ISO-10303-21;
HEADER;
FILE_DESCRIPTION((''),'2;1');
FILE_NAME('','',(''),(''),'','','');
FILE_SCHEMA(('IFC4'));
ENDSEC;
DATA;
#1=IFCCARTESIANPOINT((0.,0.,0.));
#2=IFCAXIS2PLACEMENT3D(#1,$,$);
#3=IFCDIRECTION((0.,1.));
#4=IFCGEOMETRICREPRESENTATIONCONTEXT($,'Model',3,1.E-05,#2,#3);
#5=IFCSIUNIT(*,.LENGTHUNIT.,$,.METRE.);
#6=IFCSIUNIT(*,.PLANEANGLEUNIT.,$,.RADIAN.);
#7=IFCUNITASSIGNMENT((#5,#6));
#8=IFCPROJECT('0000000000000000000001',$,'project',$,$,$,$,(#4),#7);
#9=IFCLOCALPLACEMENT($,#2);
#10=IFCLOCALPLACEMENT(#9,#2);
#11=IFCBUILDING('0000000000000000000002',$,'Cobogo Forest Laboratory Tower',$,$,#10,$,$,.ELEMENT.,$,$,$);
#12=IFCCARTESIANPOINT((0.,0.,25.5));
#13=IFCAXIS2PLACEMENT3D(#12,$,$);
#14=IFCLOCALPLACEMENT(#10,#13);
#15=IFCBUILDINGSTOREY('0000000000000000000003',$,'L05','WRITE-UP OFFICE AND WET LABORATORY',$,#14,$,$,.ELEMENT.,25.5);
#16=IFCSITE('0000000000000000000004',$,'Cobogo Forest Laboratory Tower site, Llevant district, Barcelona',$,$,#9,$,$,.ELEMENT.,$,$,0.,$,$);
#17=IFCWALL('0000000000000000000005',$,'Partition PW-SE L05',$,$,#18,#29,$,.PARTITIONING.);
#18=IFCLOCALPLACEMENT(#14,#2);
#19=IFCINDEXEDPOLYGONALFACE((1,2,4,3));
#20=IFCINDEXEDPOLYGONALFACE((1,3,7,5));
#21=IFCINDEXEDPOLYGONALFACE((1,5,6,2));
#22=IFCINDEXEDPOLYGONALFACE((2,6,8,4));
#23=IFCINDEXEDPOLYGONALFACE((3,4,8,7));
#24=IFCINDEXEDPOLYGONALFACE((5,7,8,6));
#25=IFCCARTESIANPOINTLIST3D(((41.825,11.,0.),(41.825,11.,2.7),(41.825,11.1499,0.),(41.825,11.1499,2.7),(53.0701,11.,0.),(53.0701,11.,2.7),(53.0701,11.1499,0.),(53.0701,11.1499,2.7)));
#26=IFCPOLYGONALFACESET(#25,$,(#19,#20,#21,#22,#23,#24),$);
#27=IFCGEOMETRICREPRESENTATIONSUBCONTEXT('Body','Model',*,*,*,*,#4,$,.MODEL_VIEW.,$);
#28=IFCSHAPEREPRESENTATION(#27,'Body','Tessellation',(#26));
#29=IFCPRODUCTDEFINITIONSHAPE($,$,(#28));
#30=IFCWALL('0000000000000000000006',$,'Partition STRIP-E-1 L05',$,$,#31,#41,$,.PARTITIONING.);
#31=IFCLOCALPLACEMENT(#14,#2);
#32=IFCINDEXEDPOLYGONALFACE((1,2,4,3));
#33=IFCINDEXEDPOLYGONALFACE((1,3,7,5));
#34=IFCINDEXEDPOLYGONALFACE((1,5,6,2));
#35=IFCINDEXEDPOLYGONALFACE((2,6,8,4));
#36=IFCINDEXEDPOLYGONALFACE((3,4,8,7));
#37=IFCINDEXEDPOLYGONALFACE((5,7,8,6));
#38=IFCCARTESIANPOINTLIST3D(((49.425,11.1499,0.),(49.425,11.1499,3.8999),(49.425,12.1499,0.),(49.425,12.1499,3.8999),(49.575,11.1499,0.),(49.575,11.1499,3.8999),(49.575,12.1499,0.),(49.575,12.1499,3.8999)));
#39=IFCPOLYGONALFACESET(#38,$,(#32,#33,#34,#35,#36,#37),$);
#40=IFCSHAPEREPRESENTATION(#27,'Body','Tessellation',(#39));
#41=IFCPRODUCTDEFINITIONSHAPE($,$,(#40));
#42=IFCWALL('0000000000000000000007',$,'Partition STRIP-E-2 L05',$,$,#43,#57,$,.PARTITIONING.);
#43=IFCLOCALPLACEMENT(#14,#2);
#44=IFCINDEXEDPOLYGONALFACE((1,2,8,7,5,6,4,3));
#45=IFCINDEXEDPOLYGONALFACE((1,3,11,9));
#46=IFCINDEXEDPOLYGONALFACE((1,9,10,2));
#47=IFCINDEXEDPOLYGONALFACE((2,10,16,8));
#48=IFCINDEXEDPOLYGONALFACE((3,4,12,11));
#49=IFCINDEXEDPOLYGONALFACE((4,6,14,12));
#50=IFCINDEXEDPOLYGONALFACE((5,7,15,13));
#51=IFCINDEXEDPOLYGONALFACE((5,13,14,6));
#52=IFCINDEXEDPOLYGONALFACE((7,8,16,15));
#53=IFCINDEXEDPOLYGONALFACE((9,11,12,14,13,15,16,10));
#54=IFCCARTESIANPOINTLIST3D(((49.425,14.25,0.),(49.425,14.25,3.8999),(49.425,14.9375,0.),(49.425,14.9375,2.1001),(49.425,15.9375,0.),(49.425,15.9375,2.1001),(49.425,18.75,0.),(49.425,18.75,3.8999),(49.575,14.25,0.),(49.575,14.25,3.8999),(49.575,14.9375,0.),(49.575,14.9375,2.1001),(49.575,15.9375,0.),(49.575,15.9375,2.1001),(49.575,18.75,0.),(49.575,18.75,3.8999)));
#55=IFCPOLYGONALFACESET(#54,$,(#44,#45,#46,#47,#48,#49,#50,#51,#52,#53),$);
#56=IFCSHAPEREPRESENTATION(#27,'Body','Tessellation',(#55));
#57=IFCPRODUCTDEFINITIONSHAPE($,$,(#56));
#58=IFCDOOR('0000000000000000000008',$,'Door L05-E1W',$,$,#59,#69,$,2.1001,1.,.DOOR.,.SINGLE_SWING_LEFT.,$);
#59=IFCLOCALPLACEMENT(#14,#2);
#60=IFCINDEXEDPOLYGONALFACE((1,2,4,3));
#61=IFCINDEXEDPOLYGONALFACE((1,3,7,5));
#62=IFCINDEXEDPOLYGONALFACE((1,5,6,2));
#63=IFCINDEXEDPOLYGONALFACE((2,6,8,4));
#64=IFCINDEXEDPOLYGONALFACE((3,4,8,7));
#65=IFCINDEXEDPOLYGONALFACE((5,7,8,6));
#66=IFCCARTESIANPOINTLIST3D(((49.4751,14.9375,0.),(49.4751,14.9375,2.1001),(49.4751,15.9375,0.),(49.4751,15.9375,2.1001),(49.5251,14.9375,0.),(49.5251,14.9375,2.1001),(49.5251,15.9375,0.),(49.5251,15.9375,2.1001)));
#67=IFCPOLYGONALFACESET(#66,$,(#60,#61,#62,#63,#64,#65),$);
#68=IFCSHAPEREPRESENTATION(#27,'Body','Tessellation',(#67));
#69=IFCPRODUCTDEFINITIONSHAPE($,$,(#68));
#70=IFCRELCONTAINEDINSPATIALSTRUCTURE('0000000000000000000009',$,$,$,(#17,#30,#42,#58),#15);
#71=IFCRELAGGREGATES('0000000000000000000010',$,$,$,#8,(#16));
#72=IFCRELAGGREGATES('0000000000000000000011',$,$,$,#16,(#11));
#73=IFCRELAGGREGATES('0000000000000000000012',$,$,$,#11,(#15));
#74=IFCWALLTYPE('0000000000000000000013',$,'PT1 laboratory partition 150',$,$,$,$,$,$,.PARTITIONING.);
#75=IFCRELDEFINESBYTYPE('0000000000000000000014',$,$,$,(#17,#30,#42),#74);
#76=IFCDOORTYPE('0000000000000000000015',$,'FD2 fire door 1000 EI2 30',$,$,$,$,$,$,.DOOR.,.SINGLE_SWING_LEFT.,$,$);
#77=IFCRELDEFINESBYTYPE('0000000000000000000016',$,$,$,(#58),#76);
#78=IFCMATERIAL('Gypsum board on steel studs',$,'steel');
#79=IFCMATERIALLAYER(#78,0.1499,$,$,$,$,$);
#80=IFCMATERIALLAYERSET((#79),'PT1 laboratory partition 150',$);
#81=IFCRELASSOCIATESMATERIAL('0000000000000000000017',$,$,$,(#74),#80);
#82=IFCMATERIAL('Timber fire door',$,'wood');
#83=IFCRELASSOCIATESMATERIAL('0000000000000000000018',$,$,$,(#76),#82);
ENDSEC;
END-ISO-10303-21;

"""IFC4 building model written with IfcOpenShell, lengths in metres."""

from ifc_helpers import new_model, si_unit, direction, frame, frame_2d, origin, place, context, subcontext, project, spatial, rectangle, extrude, material, layer, layer_set, type_object, element, fill, save


model = new_model("IFC4")

# Units and contexts
model_context = context("Model", 3, precision=1e-05, world=origin(), true_north=direction((0.0, 1.0)))
body_context = subcontext(model_context, "Body", "Model", "MODEL_VIEW")
ifc_project = project(units=[si_unit("LENGTHUNIT", "METRE"), si_unit("PLANEANGLEUNIT", "RADIAN")], contexts=[model_context])

# Site, building, storey
site_placement = place(None, origin())
site = spatial("IfcSite", under=ifc_project, at=site_placement, Name="Cobogo Forest Laboratory Tower site, Llevant district, Barcelona", CompositionType="ELEMENT", RefElevation=0.0)
building_placement = place(site_placement, origin())
building = spatial("IfcBuilding", under=site, at=building_placement, Name="Cobogo Forest Laboratory Tower", CompositionType="ELEMENT")
storey_placement = place(building_placement, frame((0.0, 0.0, 25.5)))
storey = spatial("IfcBuildingStorey", under=building, at=storey_placement, Name="L05", Description="WRITE-UP OFFICE AND WET LABORATORY", CompositionType="ELEMENT", Elevation=25.5)

# Walls
ifc_material_1 = material(Name="Gypsum board on steel studs", Category="steel")
ifc_layer_1 = layer(ifc_material_1, 0.1499)
ifc_layer_set_1 = layer_set([ifc_layer_1], Name="PT1 laboratory partition 150")
wall_type = type_object("IfcWallType", Name="PT1 laboratory partition 150", PredefinedType="PARTITIONING", material=ifc_layer_set_1)
wall_1_placement = place(storey_placement, frame((53.0701, 11.075, 0.0), z_axis=(0.0, 0.0, 1.0), x_axis=(-1.0, 0.0, 0.0)))
element("IfcWall", 1, at=wall_1_placement, inside=storey, type_object=wall_type, Name="Partition PW-SE L05", PredefinedType="PARTITIONING", context=body_context, shape_type="SweptSolid", body=[
    extrude(rectangle(XDim=11.2451, YDim=0.1499, at=frame_2d((5.6226, 0.0))), origin(), (0.0, 0.0, 1.0), 2.7),
])
wall_2_placement = place(storey_placement, frame((49.5, 11.1499, 0.0), z_axis=(0.0, 0.0, 1.0), x_axis=(0.0, 1.0, 0.0)))
element("IfcWall", 2, at=wall_2_placement, inside=storey, type_object=wall_type, Name="Partition STRIP-E-1 L05", PredefinedType="PARTITIONING", context=body_context, shape_type="SweptSolid", body=[
    extrude(rectangle(XDim=1.0, YDim=0.1499, at=frame_2d((0.5, 0.0))), origin(), (0.0, 0.0, 1.0), 3.8999),
])

# Wall, opening, door
wall_3_placement = place(storey_placement, frame((49.5, 14.25, 0.0), z_axis=(0.0, 0.0, 1.0), x_axis=(0.0, 1.0, 0.0)))
wall_3 = element("IfcWall", 3, at=wall_3_placement, inside=storey, type_object=wall_type, Name="Partition STRIP-E-2 L05", PredefinedType="PARTITIONING", context=body_context, shape_type="SweptSolid", body=[
    extrude(rectangle(XDim=4.5, YDim=0.1499, at=frame_2d((2.25, 0.0))), origin(), (0.0, 0.0, 1.0), 3.8999),
])
opening_placement = place(wall_3_placement, frame((0.6875, 0.0, 0.0)))
opening = element("IfcOpeningElement", 4, at=opening_placement, cuts=wall_3, PredefinedType="OPENING", context=body_context, shape_type="SweptSolid", body=[
    extrude(rectangle(XDim=1.0, YDim=2.1001, at=frame_2d((0.5, 1.05))), frame((0.0, 0.085, 0.0), z_axis=(0.0, -1.0, 0.0), x_axis=(1.0, 0.0, 0.0)), (0.0, 0.0, 1.0), 0.1699),
])
ifc_material_2 = material(Name="Timber fire door", Category="wood")
door_type = type_object("IfcDoorType", Name="FD2 fire door 1000 EI2 30", OperationType="SINGLE_SWING_LEFT", PredefinedType="DOOR", material=ifc_material_2)
door_placement = place(opening_placement, origin())
door = element("IfcDoor", 5, at=door_placement, inside=storey, type_object=door_type, Name="Door L05-E1W", OperationType="SINGLE_SWING_LEFT", OverallHeight=2.1001, OverallWidth=1.0, PredefinedType="DOOR", context=body_context, shape_type="SweptSolid", body=[
    extrude(rectangle(XDim=1.0, YDim=2.1001, at=frame_2d((0.5, 1.05))), frame((0.0, 0.0249, 0.0), z_axis=(0.0, -1.0, 0.0), x_axis=(1.0, 0.0, 0.0)), (0.0, 0.0, 1.0), 0.05),
])
fill(opening, door)

save(model, "model.ifc")
